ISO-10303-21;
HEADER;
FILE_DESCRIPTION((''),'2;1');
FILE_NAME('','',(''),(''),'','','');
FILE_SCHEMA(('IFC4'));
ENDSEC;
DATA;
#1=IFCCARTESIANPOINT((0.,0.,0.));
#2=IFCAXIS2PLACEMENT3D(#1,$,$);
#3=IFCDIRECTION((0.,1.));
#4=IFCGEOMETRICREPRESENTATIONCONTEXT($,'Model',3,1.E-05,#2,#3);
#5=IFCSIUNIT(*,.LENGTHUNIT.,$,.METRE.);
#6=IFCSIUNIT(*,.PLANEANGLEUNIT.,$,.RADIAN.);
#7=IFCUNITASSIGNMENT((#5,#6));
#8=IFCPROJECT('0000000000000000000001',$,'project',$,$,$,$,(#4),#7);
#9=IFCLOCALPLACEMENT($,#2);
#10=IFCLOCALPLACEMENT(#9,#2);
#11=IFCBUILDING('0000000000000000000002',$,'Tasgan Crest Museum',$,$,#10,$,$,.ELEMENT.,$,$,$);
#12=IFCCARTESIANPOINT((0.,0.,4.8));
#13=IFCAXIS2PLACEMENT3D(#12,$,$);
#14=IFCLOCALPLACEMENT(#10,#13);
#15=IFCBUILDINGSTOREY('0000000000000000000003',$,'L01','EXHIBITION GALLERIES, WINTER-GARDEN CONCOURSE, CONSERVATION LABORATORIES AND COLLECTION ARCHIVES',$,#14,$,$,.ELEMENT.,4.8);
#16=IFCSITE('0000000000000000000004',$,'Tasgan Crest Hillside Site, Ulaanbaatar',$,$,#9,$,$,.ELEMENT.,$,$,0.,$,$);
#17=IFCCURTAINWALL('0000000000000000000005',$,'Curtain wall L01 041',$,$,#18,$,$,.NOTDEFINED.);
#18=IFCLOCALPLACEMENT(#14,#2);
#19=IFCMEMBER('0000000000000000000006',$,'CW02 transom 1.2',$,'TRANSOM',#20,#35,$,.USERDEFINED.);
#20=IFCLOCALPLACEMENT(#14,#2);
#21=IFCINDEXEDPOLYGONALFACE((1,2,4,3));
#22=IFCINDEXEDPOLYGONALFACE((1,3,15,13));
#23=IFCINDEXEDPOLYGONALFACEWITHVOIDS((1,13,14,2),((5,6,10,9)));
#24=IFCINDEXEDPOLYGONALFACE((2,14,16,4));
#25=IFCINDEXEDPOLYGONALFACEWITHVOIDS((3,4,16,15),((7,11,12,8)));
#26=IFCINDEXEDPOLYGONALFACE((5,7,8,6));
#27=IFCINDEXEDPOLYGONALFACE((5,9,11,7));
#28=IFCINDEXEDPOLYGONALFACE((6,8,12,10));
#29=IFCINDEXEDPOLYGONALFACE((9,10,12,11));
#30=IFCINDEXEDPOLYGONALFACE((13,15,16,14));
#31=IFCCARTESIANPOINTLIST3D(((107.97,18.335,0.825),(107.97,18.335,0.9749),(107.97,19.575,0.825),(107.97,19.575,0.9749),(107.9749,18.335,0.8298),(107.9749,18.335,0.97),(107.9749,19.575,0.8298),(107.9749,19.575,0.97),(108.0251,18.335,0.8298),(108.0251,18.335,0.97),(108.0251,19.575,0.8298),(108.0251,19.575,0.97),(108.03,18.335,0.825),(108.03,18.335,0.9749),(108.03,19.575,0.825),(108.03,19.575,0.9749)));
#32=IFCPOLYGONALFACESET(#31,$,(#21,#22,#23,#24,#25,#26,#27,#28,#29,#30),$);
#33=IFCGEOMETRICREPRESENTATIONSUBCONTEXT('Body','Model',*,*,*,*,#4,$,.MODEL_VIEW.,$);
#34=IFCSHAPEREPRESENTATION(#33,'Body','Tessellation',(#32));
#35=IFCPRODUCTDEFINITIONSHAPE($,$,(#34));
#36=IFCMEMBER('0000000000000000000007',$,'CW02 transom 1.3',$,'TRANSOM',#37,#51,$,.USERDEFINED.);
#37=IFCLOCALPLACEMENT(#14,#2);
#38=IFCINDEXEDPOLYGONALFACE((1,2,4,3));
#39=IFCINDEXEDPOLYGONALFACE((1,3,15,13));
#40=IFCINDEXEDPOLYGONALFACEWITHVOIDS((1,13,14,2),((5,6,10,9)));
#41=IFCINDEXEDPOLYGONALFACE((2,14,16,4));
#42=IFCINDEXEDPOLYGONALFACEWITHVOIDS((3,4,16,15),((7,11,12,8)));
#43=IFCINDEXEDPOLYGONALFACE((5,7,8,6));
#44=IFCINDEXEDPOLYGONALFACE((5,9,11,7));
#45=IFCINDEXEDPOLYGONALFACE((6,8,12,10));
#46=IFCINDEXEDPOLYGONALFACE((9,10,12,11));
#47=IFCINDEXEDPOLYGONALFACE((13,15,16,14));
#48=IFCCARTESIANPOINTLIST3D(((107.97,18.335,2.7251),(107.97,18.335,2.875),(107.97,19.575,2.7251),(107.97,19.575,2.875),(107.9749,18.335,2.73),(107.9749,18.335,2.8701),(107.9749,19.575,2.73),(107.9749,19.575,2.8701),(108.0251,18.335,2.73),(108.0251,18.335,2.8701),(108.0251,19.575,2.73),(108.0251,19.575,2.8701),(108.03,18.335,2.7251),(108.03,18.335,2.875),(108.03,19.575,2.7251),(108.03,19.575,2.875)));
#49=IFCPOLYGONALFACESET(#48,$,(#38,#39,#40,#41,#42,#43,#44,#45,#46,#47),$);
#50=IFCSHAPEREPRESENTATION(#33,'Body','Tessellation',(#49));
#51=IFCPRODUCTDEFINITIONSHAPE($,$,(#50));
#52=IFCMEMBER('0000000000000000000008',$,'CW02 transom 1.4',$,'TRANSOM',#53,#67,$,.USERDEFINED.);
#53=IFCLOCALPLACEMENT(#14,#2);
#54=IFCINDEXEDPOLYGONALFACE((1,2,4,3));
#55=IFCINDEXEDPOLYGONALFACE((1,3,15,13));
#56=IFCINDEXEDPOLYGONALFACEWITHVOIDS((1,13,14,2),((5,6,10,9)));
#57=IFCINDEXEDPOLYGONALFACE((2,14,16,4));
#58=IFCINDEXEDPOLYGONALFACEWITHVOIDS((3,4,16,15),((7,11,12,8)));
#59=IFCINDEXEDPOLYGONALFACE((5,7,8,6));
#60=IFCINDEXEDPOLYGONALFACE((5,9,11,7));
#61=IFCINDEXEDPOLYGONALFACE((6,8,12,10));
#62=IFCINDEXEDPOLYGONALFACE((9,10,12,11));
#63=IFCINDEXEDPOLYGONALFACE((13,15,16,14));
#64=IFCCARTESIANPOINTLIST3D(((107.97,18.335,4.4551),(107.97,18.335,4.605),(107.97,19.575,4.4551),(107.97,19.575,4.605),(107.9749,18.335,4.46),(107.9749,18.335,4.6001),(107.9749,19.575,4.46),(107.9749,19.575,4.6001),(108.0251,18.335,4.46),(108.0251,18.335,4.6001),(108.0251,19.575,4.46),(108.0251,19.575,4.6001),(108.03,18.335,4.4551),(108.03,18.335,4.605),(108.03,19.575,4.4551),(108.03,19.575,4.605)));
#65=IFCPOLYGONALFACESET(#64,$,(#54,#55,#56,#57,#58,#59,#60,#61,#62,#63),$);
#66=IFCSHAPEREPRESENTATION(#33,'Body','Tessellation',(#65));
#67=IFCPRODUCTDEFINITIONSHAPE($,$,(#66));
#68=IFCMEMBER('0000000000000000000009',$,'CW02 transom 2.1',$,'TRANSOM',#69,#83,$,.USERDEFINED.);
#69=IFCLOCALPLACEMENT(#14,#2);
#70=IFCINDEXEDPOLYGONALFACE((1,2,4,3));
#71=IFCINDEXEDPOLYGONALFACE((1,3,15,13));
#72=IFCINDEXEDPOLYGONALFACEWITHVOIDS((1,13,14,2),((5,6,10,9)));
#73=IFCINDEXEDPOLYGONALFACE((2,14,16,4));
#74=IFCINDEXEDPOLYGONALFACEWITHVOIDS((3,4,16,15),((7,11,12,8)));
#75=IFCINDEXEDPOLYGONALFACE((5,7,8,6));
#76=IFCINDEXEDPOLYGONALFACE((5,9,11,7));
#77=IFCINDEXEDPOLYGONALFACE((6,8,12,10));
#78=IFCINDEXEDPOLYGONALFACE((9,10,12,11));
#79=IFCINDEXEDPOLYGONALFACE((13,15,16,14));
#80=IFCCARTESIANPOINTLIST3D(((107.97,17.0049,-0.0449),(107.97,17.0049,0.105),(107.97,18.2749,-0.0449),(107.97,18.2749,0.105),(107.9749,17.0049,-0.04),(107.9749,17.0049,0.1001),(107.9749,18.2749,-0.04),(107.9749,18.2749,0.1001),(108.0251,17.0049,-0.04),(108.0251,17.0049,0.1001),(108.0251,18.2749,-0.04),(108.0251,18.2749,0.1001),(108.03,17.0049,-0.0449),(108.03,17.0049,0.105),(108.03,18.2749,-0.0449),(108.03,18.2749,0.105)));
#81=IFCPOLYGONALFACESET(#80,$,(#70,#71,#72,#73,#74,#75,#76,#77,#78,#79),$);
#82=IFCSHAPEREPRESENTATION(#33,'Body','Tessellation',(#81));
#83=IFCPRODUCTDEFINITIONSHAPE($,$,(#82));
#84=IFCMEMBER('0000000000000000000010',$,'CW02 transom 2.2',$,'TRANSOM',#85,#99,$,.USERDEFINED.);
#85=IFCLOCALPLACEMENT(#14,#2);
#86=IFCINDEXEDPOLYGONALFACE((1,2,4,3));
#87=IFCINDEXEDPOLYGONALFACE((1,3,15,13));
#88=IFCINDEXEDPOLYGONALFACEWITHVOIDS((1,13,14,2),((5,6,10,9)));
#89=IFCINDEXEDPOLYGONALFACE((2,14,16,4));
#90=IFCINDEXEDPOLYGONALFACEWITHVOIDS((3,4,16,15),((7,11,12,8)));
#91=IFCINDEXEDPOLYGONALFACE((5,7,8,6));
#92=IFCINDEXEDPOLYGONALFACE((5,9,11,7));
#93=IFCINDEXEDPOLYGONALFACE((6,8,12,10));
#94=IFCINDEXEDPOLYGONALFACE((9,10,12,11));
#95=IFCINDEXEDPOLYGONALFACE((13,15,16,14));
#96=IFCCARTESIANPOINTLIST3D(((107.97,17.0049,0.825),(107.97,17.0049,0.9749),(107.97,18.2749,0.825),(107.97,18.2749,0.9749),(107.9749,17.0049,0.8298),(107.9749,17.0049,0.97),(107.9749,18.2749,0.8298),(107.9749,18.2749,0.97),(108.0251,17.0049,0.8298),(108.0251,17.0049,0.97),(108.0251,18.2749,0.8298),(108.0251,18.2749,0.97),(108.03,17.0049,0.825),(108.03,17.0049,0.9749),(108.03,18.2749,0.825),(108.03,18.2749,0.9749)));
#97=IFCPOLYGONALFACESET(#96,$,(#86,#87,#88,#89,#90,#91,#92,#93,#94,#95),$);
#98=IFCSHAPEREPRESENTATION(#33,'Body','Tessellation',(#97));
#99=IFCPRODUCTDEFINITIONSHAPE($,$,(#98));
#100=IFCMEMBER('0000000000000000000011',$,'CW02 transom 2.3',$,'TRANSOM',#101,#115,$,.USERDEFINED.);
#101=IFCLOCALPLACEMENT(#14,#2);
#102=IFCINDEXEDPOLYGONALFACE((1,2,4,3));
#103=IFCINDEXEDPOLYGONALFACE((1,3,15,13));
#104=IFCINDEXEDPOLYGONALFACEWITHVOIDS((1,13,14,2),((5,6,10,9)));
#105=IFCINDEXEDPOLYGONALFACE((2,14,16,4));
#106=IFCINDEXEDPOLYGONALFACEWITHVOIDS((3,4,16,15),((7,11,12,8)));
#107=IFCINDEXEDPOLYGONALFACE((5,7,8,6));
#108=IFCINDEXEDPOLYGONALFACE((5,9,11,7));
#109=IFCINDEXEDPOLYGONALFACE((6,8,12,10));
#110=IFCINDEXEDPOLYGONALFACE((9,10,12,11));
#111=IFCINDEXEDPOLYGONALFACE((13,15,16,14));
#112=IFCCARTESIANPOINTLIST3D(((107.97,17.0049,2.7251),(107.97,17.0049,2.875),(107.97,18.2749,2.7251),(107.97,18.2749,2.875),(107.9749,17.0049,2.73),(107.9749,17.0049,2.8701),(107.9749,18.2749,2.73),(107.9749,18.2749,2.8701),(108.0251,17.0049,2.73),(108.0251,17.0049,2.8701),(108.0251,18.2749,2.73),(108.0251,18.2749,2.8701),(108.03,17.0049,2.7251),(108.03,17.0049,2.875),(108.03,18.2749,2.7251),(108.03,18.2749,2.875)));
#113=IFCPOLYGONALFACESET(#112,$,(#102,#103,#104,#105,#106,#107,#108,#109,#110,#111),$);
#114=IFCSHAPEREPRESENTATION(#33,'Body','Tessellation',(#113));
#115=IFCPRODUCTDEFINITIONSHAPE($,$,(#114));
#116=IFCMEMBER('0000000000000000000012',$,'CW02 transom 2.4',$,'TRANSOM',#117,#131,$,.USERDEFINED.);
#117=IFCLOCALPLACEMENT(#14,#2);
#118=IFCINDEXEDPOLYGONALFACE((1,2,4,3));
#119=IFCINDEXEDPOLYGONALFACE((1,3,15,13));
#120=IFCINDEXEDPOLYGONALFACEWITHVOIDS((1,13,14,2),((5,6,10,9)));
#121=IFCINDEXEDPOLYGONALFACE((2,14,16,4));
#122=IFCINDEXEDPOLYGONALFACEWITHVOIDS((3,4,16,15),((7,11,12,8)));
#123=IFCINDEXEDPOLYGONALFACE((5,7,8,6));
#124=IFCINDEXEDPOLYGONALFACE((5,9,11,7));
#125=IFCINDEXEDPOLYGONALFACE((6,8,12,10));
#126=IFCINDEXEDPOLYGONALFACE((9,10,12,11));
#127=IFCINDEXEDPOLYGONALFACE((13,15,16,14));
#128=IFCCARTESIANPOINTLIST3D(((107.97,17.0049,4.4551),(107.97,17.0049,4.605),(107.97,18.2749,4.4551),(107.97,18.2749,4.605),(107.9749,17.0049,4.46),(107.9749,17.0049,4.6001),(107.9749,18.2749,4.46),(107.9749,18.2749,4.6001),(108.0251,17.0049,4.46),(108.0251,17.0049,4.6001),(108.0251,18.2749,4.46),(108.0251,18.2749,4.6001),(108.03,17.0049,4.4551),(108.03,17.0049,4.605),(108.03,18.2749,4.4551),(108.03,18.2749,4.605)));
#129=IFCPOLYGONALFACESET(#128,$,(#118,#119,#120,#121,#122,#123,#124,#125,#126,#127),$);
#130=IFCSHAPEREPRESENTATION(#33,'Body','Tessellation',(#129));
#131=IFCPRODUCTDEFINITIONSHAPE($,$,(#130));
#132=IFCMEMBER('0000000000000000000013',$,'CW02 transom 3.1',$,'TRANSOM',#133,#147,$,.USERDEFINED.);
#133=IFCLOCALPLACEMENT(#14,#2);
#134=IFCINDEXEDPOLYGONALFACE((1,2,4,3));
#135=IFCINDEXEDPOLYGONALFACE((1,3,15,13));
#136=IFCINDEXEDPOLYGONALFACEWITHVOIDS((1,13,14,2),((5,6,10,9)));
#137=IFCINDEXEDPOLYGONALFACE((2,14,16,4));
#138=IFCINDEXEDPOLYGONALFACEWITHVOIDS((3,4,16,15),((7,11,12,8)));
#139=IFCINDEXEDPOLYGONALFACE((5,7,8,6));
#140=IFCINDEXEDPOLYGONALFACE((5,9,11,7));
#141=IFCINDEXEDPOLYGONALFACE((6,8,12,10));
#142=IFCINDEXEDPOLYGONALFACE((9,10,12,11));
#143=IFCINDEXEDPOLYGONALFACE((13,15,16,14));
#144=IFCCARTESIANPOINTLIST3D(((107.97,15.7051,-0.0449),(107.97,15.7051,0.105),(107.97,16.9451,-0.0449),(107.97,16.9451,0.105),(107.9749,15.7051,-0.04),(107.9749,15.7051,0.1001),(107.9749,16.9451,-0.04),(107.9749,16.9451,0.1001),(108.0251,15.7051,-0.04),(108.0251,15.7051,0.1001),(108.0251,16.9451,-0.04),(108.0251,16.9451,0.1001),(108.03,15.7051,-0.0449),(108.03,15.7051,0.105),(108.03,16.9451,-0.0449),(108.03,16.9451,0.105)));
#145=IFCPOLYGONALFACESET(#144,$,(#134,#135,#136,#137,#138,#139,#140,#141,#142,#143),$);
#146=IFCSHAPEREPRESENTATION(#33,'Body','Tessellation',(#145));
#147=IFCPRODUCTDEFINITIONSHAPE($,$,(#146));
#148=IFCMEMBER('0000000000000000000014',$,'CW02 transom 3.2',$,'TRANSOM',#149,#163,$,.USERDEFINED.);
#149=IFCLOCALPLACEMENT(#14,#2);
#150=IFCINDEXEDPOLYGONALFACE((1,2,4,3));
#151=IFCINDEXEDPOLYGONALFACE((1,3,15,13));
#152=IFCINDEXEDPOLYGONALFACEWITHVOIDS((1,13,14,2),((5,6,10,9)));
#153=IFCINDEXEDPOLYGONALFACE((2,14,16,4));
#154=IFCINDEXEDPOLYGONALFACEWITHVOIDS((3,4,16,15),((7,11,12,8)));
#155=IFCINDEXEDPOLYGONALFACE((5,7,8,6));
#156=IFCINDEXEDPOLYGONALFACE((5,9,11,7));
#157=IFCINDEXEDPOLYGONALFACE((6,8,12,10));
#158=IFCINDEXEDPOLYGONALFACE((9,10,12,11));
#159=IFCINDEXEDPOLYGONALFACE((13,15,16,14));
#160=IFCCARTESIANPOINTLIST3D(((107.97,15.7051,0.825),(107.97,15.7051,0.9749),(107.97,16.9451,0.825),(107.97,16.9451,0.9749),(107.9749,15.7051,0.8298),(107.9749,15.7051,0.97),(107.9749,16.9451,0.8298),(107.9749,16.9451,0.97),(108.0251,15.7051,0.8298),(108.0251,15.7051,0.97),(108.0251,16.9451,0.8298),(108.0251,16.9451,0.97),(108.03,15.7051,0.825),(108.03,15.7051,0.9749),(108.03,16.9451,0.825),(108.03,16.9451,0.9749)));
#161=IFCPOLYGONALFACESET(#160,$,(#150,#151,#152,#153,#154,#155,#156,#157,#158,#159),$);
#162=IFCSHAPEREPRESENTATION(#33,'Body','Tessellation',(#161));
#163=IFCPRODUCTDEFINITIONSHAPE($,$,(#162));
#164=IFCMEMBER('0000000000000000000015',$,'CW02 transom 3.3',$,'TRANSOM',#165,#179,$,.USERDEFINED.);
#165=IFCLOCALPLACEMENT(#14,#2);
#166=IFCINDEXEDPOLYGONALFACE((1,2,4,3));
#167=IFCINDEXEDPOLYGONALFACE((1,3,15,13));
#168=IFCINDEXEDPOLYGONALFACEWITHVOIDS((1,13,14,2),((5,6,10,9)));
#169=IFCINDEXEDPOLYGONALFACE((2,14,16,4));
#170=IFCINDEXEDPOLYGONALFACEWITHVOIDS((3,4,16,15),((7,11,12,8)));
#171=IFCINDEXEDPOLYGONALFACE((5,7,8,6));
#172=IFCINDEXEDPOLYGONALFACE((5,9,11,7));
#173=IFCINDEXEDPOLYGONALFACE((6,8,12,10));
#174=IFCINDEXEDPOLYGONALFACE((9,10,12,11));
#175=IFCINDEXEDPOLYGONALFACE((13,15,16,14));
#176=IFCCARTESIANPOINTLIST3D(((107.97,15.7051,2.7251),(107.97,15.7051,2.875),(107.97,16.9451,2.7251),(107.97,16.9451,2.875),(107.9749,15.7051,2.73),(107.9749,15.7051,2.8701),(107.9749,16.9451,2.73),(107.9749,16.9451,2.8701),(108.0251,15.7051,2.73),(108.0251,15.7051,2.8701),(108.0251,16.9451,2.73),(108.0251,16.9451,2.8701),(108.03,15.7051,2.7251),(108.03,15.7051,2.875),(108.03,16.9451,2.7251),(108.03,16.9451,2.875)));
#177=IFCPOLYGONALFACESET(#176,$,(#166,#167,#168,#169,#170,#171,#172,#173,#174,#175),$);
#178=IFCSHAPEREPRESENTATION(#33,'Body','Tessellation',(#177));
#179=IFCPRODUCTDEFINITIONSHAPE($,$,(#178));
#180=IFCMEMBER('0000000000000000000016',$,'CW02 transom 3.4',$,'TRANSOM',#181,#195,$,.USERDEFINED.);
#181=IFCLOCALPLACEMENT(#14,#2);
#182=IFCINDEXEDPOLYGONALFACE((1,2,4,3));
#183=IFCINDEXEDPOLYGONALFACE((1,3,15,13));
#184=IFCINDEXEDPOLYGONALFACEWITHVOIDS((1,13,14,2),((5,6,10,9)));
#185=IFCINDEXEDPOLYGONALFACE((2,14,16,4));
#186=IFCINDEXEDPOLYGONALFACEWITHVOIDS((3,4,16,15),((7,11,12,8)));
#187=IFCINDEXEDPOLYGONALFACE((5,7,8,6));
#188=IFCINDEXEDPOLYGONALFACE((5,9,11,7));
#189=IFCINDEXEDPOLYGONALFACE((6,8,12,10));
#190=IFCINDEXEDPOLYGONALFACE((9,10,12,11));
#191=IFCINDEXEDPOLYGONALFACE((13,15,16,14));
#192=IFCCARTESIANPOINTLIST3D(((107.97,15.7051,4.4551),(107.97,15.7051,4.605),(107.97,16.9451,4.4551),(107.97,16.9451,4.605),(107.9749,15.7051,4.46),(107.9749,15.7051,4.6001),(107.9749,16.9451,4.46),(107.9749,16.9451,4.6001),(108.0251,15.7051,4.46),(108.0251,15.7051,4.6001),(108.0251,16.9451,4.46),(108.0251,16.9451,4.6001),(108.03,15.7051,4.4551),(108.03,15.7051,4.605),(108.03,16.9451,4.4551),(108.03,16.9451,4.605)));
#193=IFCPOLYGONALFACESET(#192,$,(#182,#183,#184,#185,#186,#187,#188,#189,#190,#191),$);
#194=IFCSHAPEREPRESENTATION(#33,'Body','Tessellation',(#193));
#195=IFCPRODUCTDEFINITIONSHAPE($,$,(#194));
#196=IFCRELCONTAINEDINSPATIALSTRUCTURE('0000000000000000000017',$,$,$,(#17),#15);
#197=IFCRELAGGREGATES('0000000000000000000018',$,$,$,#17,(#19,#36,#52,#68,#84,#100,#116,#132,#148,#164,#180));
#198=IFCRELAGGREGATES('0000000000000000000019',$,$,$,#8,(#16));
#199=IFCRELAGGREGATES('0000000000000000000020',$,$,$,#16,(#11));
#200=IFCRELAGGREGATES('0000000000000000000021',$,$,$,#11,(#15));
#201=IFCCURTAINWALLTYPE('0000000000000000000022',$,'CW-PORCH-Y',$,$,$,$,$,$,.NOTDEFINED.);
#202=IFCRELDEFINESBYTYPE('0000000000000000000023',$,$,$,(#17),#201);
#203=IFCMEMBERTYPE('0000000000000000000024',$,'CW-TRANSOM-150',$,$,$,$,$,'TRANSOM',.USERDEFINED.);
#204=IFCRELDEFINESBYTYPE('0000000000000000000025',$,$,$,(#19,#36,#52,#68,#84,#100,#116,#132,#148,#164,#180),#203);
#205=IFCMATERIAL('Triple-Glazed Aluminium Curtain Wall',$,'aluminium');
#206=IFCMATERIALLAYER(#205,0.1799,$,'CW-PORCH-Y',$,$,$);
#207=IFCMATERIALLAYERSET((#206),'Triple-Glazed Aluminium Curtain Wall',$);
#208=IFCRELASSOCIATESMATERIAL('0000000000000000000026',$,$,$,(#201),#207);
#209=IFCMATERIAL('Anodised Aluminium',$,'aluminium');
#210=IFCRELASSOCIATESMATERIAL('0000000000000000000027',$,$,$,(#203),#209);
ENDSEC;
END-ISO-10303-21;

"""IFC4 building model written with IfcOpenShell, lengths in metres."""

from ifc_helpers import new_model, si_unit, direction, frame, origin, origin_2d, place, context, subcontext, project, spatial, hollow_rectangle, extrude, material, layer, layer_set, material_profile, profile_set, type_object, element, aggregate, save


model = new_model("IFC4")

# Units and contexts
model_context = context("Model", 3, precision=1e-05, world=origin(), true_north=direction((0.0, 1.0)))
body_context = subcontext(model_context, "Body", "Model", "MODEL_VIEW")
ifc_project = project(units=[si_unit("LENGTHUNIT", "METRE"), si_unit("PLANEANGLEUNIT", "RADIAN")], contexts=[model_context])

# Site, building, storey
site_placement = place(None, origin())
site = spatial("IfcSite", under=ifc_project, at=site_placement, Name="Tasgan Crest Hillside Site, Ulaanbaatar", CompositionType="ELEMENT", RefElevation=0.0)
building_placement = place(site_placement, origin())
building = spatial("IfcBuilding", under=site, at=building_placement, Name="Tasgan Crest Museum", CompositionType="ELEMENT")
storey_placement = place(building_placement, frame((0.0, 0.0, 4.8)))
storey = spatial("IfcBuildingStorey", under=building, at=storey_placement, Name="L01", Description="EXHIBITION GALLERIES, WINTER-GARDEN CONCOURSE, CONSERVATION LABORATORIES AND COLLECTION ARCHIVES", CompositionType="ELEMENT", Elevation=4.8)

# Shared definitions
ifc_material_1 = material(Name="Triple-Glazed Aluminium Curtain Wall", Category="aluminium")
ifc_layer_1 = layer(ifc_material_1, 0.1799, Name="CW-PORCH-Y")
ifc_layer_set_1 = layer_set([ifc_layer_1], Name="Triple-Glazed Aluminium Curtain Wall")
curtain_wall_type = type_object("IfcCurtainWallType", Name="CW-PORCH-Y", PredefinedType="NOTDEFINED", material=ifc_layer_set_1)

# Curtain wall
curtain_wall_1_placement = place(storey_placement, origin())
curtain_wall_1 = element("IfcCurtainWall", 1, at=curtain_wall_1_placement, inside=storey, type_object=curtain_wall_type, Name="Curtain wall L01 041", PredefinedType="NOTDEFINED")

# Members
ifc_material_2 = material(Name="Anodised Aluminium", Category="aluminium")
ifc_material_profile_1 = material_profile(ifc_material_2, hollow_rectangle(XDim=0.0601, YDim=0.1499, WallThickness=0.0049, at=origin_2d()), Name="ALU TRANSOM 150x60x5")
ifc_profile_set_1 = profile_set([ifc_material_profile_1], Name="Anodised Aluminium")
member_type_1 = type_object("IfcMemberType", Name="CW-TRANSOM-150", ElementType="TRANSOM", PredefinedType="USERDEFINED", material=ifc_profile_set_1)
member_1_placement = place(storey_placement, frame((108.0, 19.575, 0.8999), z_axis=(0.0, -1.0, 0.0), x_axis=(1.0, 0.0, 0.0)))
member_1 = element("IfcMember", 2, at=member_1_placement, type_object=member_type_1, Name="CW02 transom 1.2", ObjectType="TRANSOM", PredefinedType="USERDEFINED", context=body_context, shape_type="SweptSolid", body=[
    extrude(hollow_rectangle(XDim=0.0601, YDim=0.1499, WallThickness=0.0049, at=origin_2d()), origin(), (0.0, 0.0, 1.0), 1.24),
])
member_2_placement = place(storey_placement, frame((108.0, 19.575, 2.8), z_axis=(0.0, -1.0, 0.0), x_axis=(1.0, 0.0, 0.0)))
member_2 = element("IfcMember", 3, at=member_2_placement, type_object=member_type_1, Name="CW02 transom 1.3", ObjectType="TRANSOM", PredefinedType="USERDEFINED", context=body_context, shape_type="SweptSolid", body=[
    extrude(hollow_rectangle(XDim=0.0601, YDim=0.1499, WallThickness=0.0049, at=origin_2d()), origin(), (0.0, 0.0, 1.0), 1.24),
])
member_3_placement = place(storey_placement, frame((108.0, 19.575, 4.53), z_axis=(0.0, -1.0, 0.0), x_axis=(1.0, 0.0, 0.0)))
member_3 = element("IfcMember", 4, at=member_3_placement, type_object=member_type_1, Name="CW02 transom 1.4", ObjectType="TRANSOM", PredefinedType="USERDEFINED", context=body_context, shape_type="SweptSolid", body=[
    extrude(hollow_rectangle(XDim=0.0601, YDim=0.1499, WallThickness=0.0049, at=origin_2d()), origin(), (0.0, 0.0, 1.0), 1.24),
])
member_4_placement = place(storey_placement, frame((108.0, 18.2749, 0.03), z_axis=(0.0, -1.0, 0.0), x_axis=(1.0, 0.0, 0.0)))
member_4 = element("IfcMember", 5, at=member_4_placement, type_object=member_type_1, Name="CW02 transom 2.1", ObjectType="TRANSOM", PredefinedType="USERDEFINED", context=body_context, shape_type="SweptSolid", body=[
    extrude(hollow_rectangle(XDim=0.0601, YDim=0.1499, WallThickness=0.0049, at=origin_2d()), origin(), (0.0, 0.0, 1.0), 1.27),
])
member_5_placement = place(storey_placement, frame((108.0, 18.2749, 0.8999), z_axis=(0.0, -1.0, 0.0), x_axis=(1.0, 0.0, 0.0)))
member_5 = element("IfcMember", 6, at=member_5_placement, type_object=member_type_1, Name="CW02 transom 2.2", ObjectType="TRANSOM", PredefinedType="USERDEFINED", context=body_context, shape_type="SweptSolid", body=[
    extrude(hollow_rectangle(XDim=0.0601, YDim=0.1499, WallThickness=0.0049, at=origin_2d()), origin(), (0.0, 0.0, 1.0), 1.27),
])
member_6_placement = place(storey_placement, frame((108.0, 18.2749, 2.8), z_axis=(0.0, -1.0, 0.0), x_axis=(1.0, 0.0, 0.0)))
member_6 = element("IfcMember", 7, at=member_6_placement, type_object=member_type_1, Name="CW02 transom 2.3", ObjectType="TRANSOM", PredefinedType="USERDEFINED", context=body_context, shape_type="SweptSolid", body=[
    extrude(hollow_rectangle(XDim=0.0601, YDim=0.1499, WallThickness=0.0049, at=origin_2d()), origin(), (0.0, 0.0, 1.0), 1.27),
])
member_7_placement = place(storey_placement, frame((108.0, 18.2749, 4.53), z_axis=(0.0, -1.0, 0.0), x_axis=(1.0, 0.0, 0.0)))
member_7 = element("IfcMember", 8, at=member_7_placement, type_object=member_type_1, Name="CW02 transom 2.4", ObjectType="TRANSOM", PredefinedType="USERDEFINED", context=body_context, shape_type="SweptSolid", body=[
    extrude(hollow_rectangle(XDim=0.0601, YDim=0.1499, WallThickness=0.0049, at=origin_2d()), origin(), (0.0, 0.0, 1.0), 1.27),
])
member_8_placement = place(storey_placement, frame((108.0, 16.9451, 0.03), z_axis=(0.0, -1.0, 0.0), x_axis=(1.0, 0.0, 0.0)))
member_8 = element("IfcMember", 9, at=member_8_placement, type_object=member_type_1, Name="CW02 transom 3.1", ObjectType="TRANSOM", PredefinedType="USERDEFINED", context=body_context, shape_type="SweptSolid", body=[
    extrude(hollow_rectangle(XDim=0.0601, YDim=0.1499, WallThickness=0.0049, at=origin_2d()), origin(), (0.0, 0.0, 1.0), 1.24),
])
member_9_placement = place(storey_placement, frame((108.0, 16.9451, 0.8999), z_axis=(0.0, -1.0, 0.0), x_axis=(1.0, 0.0, 0.0)))
member_9 = element("IfcMember", 10, at=member_9_placement, type_object=member_type_1, Name="CW02 transom 3.2", ObjectType="TRANSOM", PredefinedType="USERDEFINED", context=body_context, shape_type="SweptSolid", body=[
    extrude(hollow_rectangle(XDim=0.0601, YDim=0.1499, WallThickness=0.0049, at=origin_2d()), origin(), (0.0, 0.0, 1.0), 1.24),
])
member_10_placement = place(storey_placement, frame((108.0, 16.9451, 2.8), z_axis=(0.0, -1.0, 0.0), x_axis=(1.0, 0.0, 0.0)))
member_10 = element("IfcMember", 11, at=member_10_placement, type_object=member_type_1, Name="CW02 transom 3.3", ObjectType="TRANSOM", PredefinedType="USERDEFINED", context=body_context, shape_type="SweptSolid", body=[
    extrude(hollow_rectangle(XDim=0.0601, YDim=0.1499, WallThickness=0.0049, at=origin_2d()), origin(), (0.0, 0.0, 1.0), 1.24),
])
member_11_placement = place(storey_placement, frame((108.0, 16.9451, 4.53), z_axis=(0.0, -1.0, 0.0), x_axis=(1.0, 0.0, 0.0)))
member_11 = element("IfcMember", 12, at=member_11_placement, type_object=member_type_1, Name="CW02 transom 3.4", ObjectType="TRANSOM", PredefinedType="USERDEFINED", context=body_context, shape_type="SweptSolid", body=[
    extrude(hollow_rectangle(XDim=0.0601, YDim=0.1499, WallThickness=0.0049, at=origin_2d()), origin(), (0.0, 0.0, 1.0), 1.24),
])

aggregate(curtain_wall_1, [member_1, member_2, member_3, member_4, member_5, member_6, member_7, member_8, member_9, member_10, member_11])

save(model, "model.ifc")
